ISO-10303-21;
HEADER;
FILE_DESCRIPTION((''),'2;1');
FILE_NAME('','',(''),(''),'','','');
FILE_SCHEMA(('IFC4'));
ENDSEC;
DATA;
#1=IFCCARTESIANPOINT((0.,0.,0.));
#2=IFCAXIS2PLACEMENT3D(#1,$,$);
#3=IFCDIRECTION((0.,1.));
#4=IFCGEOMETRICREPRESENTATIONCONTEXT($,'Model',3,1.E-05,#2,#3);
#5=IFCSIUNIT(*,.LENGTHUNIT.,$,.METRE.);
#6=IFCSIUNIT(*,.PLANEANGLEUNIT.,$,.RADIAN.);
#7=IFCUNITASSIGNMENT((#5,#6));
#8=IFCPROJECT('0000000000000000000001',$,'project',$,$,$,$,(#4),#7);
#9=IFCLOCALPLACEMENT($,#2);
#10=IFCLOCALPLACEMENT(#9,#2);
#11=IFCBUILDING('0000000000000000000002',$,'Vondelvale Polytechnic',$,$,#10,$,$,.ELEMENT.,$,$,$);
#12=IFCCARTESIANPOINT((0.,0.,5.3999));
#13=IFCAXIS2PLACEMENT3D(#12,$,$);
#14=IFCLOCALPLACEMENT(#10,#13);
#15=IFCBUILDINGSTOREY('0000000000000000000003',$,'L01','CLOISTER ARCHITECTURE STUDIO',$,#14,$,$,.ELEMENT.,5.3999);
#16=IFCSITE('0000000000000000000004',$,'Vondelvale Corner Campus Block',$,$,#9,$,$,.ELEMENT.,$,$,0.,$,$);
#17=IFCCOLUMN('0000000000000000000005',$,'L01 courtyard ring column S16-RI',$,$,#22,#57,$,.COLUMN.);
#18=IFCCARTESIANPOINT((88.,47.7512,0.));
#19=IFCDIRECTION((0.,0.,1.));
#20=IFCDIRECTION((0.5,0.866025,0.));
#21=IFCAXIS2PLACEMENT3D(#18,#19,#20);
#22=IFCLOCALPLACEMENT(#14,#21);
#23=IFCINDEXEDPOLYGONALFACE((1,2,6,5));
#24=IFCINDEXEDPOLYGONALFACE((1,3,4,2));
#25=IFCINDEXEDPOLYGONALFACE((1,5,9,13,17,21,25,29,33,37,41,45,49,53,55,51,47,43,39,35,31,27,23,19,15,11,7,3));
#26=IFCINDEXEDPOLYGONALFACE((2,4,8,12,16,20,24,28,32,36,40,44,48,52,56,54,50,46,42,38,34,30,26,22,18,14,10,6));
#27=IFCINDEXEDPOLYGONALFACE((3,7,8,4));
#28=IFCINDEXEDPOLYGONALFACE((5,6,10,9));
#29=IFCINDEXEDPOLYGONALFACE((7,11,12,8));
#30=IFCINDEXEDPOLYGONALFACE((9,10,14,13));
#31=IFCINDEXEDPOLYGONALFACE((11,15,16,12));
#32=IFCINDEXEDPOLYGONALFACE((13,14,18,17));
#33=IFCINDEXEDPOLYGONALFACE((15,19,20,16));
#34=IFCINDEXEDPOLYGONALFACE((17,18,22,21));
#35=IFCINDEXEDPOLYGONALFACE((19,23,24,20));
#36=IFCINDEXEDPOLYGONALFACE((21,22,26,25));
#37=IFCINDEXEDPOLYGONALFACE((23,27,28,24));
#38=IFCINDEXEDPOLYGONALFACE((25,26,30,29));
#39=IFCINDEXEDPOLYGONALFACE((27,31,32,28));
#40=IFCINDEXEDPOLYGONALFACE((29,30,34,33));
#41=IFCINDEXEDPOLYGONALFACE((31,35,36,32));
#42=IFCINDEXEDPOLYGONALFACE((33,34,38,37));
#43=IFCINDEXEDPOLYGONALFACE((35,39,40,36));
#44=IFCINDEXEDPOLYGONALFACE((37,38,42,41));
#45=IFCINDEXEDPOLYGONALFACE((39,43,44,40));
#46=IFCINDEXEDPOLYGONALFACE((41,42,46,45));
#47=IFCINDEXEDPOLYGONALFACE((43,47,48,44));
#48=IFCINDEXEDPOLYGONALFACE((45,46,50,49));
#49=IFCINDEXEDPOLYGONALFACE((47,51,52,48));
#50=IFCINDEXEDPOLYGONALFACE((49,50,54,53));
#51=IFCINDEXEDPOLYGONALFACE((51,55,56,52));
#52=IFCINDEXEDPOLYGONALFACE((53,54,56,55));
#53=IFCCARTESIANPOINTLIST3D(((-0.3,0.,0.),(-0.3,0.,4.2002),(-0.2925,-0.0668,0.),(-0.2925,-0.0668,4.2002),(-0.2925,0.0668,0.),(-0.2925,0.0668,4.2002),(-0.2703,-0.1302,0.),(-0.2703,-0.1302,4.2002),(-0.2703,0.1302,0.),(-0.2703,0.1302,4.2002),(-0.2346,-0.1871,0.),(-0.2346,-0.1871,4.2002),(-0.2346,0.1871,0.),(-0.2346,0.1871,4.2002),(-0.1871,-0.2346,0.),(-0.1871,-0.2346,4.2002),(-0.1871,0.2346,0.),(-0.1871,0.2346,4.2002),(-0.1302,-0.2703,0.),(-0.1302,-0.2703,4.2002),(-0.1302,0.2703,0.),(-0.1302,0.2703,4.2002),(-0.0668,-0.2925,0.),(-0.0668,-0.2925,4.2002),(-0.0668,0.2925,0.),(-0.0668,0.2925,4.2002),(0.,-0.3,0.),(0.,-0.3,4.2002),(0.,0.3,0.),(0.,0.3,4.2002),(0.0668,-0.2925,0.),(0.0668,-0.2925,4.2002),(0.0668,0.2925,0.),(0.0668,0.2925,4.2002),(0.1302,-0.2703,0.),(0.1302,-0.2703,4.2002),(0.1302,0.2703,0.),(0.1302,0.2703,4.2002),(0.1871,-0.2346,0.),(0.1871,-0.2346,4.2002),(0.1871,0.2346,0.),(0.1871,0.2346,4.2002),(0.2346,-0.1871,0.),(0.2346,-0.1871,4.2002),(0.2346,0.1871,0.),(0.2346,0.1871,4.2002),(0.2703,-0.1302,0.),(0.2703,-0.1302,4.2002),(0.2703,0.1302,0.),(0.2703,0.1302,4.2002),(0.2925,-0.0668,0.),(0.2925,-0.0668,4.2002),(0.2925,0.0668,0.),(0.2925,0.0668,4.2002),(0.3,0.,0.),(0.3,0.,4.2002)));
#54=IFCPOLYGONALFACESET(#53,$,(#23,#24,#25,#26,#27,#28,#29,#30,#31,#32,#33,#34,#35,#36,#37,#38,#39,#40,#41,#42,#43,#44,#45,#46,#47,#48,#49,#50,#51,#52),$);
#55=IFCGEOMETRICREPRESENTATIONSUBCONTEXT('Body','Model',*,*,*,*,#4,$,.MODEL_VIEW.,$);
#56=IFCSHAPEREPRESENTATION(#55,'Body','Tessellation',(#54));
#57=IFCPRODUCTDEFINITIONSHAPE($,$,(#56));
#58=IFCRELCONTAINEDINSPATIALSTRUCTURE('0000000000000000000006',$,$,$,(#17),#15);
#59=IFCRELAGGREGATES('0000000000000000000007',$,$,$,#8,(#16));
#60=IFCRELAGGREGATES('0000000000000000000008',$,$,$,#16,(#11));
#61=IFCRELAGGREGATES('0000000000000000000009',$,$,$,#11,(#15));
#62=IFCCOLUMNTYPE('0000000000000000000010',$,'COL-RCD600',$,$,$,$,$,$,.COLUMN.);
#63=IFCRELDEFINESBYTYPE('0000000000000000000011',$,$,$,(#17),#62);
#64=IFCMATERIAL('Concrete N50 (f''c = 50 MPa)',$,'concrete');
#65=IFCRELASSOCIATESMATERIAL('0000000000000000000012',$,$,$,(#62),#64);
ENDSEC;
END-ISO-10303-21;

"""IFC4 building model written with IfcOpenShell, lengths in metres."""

from ifc_helpers import new_model, si_unit, direction, frame, origin, origin_2d, place, context, subcontext, project, spatial, circle, extrude, material, material_profile, profile_set, type_object, element, save


model = new_model("IFC4")

# Units and contexts
model_context = context("Model", 3, precision=1e-05, world=origin(), true_north=direction((0.0, 1.0)))
body_context = subcontext(model_context, "Body", "Model", "MODEL_VIEW")
ifc_project = project(units=[si_unit("LENGTHUNIT", "METRE"), si_unit("PLANEANGLEUNIT", "RADIAN")], contexts=[model_context])

# Site, building, storey
site_placement = place(None, origin())
site = spatial("IfcSite", under=ifc_project, at=site_placement, Name="Vondelvale Corner Campus Block", CompositionType="ELEMENT", RefElevation=0.0)
building_placement = place(site_placement, origin())
building = spatial("IfcBuilding", under=site, at=building_placement, Name="Vondelvale Polytechnic", CompositionType="ELEMENT")
storey_placement = place(building_placement, frame((0.0, 0.0, 5.3999)))
storey = spatial("IfcBuildingStorey", under=building, at=storey_placement, Name="L01", Description="CLOISTER ARCHITECTURE STUDIO", CompositionType="ELEMENT", Elevation=5.3999)

# Column
ifc_material_1 = material(Name="Concrete N50 (f'c = 50 MPa)", Category="concrete")
ifc_material_profile_1 = material_profile(ifc_material_1, circle(Radius=0.3, at=origin_2d()), Name="RC-COL-D600")
ifc_profile_set_1 = profile_set([ifc_material_profile_1], Name="Concrete N50 (f'c = 50 MPa)")
column_type = type_object("IfcColumnType", Name="COL-RCD600", PredefinedType="COLUMN", material=ifc_profile_set_1)
column_placement = place(storey_placement, frame((88.0, 47.7512, 0.0), z_axis=(0.0, 0.0, 1.0), x_axis=(0.5, 0.866025, 0.0)))
element("IfcColumn", 1, at=column_placement, inside=storey, type_object=column_type, Name="L01 courtyard ring column S16-RI", PredefinedType="COLUMN", context=body_context, shape_type="SweptSolid", body=[
    extrude(circle(Radius=0.3, at=origin_2d()), origin(), (0.0, 0.0, 1.0), 4.2002),
])

save(model, "model.ifc")
